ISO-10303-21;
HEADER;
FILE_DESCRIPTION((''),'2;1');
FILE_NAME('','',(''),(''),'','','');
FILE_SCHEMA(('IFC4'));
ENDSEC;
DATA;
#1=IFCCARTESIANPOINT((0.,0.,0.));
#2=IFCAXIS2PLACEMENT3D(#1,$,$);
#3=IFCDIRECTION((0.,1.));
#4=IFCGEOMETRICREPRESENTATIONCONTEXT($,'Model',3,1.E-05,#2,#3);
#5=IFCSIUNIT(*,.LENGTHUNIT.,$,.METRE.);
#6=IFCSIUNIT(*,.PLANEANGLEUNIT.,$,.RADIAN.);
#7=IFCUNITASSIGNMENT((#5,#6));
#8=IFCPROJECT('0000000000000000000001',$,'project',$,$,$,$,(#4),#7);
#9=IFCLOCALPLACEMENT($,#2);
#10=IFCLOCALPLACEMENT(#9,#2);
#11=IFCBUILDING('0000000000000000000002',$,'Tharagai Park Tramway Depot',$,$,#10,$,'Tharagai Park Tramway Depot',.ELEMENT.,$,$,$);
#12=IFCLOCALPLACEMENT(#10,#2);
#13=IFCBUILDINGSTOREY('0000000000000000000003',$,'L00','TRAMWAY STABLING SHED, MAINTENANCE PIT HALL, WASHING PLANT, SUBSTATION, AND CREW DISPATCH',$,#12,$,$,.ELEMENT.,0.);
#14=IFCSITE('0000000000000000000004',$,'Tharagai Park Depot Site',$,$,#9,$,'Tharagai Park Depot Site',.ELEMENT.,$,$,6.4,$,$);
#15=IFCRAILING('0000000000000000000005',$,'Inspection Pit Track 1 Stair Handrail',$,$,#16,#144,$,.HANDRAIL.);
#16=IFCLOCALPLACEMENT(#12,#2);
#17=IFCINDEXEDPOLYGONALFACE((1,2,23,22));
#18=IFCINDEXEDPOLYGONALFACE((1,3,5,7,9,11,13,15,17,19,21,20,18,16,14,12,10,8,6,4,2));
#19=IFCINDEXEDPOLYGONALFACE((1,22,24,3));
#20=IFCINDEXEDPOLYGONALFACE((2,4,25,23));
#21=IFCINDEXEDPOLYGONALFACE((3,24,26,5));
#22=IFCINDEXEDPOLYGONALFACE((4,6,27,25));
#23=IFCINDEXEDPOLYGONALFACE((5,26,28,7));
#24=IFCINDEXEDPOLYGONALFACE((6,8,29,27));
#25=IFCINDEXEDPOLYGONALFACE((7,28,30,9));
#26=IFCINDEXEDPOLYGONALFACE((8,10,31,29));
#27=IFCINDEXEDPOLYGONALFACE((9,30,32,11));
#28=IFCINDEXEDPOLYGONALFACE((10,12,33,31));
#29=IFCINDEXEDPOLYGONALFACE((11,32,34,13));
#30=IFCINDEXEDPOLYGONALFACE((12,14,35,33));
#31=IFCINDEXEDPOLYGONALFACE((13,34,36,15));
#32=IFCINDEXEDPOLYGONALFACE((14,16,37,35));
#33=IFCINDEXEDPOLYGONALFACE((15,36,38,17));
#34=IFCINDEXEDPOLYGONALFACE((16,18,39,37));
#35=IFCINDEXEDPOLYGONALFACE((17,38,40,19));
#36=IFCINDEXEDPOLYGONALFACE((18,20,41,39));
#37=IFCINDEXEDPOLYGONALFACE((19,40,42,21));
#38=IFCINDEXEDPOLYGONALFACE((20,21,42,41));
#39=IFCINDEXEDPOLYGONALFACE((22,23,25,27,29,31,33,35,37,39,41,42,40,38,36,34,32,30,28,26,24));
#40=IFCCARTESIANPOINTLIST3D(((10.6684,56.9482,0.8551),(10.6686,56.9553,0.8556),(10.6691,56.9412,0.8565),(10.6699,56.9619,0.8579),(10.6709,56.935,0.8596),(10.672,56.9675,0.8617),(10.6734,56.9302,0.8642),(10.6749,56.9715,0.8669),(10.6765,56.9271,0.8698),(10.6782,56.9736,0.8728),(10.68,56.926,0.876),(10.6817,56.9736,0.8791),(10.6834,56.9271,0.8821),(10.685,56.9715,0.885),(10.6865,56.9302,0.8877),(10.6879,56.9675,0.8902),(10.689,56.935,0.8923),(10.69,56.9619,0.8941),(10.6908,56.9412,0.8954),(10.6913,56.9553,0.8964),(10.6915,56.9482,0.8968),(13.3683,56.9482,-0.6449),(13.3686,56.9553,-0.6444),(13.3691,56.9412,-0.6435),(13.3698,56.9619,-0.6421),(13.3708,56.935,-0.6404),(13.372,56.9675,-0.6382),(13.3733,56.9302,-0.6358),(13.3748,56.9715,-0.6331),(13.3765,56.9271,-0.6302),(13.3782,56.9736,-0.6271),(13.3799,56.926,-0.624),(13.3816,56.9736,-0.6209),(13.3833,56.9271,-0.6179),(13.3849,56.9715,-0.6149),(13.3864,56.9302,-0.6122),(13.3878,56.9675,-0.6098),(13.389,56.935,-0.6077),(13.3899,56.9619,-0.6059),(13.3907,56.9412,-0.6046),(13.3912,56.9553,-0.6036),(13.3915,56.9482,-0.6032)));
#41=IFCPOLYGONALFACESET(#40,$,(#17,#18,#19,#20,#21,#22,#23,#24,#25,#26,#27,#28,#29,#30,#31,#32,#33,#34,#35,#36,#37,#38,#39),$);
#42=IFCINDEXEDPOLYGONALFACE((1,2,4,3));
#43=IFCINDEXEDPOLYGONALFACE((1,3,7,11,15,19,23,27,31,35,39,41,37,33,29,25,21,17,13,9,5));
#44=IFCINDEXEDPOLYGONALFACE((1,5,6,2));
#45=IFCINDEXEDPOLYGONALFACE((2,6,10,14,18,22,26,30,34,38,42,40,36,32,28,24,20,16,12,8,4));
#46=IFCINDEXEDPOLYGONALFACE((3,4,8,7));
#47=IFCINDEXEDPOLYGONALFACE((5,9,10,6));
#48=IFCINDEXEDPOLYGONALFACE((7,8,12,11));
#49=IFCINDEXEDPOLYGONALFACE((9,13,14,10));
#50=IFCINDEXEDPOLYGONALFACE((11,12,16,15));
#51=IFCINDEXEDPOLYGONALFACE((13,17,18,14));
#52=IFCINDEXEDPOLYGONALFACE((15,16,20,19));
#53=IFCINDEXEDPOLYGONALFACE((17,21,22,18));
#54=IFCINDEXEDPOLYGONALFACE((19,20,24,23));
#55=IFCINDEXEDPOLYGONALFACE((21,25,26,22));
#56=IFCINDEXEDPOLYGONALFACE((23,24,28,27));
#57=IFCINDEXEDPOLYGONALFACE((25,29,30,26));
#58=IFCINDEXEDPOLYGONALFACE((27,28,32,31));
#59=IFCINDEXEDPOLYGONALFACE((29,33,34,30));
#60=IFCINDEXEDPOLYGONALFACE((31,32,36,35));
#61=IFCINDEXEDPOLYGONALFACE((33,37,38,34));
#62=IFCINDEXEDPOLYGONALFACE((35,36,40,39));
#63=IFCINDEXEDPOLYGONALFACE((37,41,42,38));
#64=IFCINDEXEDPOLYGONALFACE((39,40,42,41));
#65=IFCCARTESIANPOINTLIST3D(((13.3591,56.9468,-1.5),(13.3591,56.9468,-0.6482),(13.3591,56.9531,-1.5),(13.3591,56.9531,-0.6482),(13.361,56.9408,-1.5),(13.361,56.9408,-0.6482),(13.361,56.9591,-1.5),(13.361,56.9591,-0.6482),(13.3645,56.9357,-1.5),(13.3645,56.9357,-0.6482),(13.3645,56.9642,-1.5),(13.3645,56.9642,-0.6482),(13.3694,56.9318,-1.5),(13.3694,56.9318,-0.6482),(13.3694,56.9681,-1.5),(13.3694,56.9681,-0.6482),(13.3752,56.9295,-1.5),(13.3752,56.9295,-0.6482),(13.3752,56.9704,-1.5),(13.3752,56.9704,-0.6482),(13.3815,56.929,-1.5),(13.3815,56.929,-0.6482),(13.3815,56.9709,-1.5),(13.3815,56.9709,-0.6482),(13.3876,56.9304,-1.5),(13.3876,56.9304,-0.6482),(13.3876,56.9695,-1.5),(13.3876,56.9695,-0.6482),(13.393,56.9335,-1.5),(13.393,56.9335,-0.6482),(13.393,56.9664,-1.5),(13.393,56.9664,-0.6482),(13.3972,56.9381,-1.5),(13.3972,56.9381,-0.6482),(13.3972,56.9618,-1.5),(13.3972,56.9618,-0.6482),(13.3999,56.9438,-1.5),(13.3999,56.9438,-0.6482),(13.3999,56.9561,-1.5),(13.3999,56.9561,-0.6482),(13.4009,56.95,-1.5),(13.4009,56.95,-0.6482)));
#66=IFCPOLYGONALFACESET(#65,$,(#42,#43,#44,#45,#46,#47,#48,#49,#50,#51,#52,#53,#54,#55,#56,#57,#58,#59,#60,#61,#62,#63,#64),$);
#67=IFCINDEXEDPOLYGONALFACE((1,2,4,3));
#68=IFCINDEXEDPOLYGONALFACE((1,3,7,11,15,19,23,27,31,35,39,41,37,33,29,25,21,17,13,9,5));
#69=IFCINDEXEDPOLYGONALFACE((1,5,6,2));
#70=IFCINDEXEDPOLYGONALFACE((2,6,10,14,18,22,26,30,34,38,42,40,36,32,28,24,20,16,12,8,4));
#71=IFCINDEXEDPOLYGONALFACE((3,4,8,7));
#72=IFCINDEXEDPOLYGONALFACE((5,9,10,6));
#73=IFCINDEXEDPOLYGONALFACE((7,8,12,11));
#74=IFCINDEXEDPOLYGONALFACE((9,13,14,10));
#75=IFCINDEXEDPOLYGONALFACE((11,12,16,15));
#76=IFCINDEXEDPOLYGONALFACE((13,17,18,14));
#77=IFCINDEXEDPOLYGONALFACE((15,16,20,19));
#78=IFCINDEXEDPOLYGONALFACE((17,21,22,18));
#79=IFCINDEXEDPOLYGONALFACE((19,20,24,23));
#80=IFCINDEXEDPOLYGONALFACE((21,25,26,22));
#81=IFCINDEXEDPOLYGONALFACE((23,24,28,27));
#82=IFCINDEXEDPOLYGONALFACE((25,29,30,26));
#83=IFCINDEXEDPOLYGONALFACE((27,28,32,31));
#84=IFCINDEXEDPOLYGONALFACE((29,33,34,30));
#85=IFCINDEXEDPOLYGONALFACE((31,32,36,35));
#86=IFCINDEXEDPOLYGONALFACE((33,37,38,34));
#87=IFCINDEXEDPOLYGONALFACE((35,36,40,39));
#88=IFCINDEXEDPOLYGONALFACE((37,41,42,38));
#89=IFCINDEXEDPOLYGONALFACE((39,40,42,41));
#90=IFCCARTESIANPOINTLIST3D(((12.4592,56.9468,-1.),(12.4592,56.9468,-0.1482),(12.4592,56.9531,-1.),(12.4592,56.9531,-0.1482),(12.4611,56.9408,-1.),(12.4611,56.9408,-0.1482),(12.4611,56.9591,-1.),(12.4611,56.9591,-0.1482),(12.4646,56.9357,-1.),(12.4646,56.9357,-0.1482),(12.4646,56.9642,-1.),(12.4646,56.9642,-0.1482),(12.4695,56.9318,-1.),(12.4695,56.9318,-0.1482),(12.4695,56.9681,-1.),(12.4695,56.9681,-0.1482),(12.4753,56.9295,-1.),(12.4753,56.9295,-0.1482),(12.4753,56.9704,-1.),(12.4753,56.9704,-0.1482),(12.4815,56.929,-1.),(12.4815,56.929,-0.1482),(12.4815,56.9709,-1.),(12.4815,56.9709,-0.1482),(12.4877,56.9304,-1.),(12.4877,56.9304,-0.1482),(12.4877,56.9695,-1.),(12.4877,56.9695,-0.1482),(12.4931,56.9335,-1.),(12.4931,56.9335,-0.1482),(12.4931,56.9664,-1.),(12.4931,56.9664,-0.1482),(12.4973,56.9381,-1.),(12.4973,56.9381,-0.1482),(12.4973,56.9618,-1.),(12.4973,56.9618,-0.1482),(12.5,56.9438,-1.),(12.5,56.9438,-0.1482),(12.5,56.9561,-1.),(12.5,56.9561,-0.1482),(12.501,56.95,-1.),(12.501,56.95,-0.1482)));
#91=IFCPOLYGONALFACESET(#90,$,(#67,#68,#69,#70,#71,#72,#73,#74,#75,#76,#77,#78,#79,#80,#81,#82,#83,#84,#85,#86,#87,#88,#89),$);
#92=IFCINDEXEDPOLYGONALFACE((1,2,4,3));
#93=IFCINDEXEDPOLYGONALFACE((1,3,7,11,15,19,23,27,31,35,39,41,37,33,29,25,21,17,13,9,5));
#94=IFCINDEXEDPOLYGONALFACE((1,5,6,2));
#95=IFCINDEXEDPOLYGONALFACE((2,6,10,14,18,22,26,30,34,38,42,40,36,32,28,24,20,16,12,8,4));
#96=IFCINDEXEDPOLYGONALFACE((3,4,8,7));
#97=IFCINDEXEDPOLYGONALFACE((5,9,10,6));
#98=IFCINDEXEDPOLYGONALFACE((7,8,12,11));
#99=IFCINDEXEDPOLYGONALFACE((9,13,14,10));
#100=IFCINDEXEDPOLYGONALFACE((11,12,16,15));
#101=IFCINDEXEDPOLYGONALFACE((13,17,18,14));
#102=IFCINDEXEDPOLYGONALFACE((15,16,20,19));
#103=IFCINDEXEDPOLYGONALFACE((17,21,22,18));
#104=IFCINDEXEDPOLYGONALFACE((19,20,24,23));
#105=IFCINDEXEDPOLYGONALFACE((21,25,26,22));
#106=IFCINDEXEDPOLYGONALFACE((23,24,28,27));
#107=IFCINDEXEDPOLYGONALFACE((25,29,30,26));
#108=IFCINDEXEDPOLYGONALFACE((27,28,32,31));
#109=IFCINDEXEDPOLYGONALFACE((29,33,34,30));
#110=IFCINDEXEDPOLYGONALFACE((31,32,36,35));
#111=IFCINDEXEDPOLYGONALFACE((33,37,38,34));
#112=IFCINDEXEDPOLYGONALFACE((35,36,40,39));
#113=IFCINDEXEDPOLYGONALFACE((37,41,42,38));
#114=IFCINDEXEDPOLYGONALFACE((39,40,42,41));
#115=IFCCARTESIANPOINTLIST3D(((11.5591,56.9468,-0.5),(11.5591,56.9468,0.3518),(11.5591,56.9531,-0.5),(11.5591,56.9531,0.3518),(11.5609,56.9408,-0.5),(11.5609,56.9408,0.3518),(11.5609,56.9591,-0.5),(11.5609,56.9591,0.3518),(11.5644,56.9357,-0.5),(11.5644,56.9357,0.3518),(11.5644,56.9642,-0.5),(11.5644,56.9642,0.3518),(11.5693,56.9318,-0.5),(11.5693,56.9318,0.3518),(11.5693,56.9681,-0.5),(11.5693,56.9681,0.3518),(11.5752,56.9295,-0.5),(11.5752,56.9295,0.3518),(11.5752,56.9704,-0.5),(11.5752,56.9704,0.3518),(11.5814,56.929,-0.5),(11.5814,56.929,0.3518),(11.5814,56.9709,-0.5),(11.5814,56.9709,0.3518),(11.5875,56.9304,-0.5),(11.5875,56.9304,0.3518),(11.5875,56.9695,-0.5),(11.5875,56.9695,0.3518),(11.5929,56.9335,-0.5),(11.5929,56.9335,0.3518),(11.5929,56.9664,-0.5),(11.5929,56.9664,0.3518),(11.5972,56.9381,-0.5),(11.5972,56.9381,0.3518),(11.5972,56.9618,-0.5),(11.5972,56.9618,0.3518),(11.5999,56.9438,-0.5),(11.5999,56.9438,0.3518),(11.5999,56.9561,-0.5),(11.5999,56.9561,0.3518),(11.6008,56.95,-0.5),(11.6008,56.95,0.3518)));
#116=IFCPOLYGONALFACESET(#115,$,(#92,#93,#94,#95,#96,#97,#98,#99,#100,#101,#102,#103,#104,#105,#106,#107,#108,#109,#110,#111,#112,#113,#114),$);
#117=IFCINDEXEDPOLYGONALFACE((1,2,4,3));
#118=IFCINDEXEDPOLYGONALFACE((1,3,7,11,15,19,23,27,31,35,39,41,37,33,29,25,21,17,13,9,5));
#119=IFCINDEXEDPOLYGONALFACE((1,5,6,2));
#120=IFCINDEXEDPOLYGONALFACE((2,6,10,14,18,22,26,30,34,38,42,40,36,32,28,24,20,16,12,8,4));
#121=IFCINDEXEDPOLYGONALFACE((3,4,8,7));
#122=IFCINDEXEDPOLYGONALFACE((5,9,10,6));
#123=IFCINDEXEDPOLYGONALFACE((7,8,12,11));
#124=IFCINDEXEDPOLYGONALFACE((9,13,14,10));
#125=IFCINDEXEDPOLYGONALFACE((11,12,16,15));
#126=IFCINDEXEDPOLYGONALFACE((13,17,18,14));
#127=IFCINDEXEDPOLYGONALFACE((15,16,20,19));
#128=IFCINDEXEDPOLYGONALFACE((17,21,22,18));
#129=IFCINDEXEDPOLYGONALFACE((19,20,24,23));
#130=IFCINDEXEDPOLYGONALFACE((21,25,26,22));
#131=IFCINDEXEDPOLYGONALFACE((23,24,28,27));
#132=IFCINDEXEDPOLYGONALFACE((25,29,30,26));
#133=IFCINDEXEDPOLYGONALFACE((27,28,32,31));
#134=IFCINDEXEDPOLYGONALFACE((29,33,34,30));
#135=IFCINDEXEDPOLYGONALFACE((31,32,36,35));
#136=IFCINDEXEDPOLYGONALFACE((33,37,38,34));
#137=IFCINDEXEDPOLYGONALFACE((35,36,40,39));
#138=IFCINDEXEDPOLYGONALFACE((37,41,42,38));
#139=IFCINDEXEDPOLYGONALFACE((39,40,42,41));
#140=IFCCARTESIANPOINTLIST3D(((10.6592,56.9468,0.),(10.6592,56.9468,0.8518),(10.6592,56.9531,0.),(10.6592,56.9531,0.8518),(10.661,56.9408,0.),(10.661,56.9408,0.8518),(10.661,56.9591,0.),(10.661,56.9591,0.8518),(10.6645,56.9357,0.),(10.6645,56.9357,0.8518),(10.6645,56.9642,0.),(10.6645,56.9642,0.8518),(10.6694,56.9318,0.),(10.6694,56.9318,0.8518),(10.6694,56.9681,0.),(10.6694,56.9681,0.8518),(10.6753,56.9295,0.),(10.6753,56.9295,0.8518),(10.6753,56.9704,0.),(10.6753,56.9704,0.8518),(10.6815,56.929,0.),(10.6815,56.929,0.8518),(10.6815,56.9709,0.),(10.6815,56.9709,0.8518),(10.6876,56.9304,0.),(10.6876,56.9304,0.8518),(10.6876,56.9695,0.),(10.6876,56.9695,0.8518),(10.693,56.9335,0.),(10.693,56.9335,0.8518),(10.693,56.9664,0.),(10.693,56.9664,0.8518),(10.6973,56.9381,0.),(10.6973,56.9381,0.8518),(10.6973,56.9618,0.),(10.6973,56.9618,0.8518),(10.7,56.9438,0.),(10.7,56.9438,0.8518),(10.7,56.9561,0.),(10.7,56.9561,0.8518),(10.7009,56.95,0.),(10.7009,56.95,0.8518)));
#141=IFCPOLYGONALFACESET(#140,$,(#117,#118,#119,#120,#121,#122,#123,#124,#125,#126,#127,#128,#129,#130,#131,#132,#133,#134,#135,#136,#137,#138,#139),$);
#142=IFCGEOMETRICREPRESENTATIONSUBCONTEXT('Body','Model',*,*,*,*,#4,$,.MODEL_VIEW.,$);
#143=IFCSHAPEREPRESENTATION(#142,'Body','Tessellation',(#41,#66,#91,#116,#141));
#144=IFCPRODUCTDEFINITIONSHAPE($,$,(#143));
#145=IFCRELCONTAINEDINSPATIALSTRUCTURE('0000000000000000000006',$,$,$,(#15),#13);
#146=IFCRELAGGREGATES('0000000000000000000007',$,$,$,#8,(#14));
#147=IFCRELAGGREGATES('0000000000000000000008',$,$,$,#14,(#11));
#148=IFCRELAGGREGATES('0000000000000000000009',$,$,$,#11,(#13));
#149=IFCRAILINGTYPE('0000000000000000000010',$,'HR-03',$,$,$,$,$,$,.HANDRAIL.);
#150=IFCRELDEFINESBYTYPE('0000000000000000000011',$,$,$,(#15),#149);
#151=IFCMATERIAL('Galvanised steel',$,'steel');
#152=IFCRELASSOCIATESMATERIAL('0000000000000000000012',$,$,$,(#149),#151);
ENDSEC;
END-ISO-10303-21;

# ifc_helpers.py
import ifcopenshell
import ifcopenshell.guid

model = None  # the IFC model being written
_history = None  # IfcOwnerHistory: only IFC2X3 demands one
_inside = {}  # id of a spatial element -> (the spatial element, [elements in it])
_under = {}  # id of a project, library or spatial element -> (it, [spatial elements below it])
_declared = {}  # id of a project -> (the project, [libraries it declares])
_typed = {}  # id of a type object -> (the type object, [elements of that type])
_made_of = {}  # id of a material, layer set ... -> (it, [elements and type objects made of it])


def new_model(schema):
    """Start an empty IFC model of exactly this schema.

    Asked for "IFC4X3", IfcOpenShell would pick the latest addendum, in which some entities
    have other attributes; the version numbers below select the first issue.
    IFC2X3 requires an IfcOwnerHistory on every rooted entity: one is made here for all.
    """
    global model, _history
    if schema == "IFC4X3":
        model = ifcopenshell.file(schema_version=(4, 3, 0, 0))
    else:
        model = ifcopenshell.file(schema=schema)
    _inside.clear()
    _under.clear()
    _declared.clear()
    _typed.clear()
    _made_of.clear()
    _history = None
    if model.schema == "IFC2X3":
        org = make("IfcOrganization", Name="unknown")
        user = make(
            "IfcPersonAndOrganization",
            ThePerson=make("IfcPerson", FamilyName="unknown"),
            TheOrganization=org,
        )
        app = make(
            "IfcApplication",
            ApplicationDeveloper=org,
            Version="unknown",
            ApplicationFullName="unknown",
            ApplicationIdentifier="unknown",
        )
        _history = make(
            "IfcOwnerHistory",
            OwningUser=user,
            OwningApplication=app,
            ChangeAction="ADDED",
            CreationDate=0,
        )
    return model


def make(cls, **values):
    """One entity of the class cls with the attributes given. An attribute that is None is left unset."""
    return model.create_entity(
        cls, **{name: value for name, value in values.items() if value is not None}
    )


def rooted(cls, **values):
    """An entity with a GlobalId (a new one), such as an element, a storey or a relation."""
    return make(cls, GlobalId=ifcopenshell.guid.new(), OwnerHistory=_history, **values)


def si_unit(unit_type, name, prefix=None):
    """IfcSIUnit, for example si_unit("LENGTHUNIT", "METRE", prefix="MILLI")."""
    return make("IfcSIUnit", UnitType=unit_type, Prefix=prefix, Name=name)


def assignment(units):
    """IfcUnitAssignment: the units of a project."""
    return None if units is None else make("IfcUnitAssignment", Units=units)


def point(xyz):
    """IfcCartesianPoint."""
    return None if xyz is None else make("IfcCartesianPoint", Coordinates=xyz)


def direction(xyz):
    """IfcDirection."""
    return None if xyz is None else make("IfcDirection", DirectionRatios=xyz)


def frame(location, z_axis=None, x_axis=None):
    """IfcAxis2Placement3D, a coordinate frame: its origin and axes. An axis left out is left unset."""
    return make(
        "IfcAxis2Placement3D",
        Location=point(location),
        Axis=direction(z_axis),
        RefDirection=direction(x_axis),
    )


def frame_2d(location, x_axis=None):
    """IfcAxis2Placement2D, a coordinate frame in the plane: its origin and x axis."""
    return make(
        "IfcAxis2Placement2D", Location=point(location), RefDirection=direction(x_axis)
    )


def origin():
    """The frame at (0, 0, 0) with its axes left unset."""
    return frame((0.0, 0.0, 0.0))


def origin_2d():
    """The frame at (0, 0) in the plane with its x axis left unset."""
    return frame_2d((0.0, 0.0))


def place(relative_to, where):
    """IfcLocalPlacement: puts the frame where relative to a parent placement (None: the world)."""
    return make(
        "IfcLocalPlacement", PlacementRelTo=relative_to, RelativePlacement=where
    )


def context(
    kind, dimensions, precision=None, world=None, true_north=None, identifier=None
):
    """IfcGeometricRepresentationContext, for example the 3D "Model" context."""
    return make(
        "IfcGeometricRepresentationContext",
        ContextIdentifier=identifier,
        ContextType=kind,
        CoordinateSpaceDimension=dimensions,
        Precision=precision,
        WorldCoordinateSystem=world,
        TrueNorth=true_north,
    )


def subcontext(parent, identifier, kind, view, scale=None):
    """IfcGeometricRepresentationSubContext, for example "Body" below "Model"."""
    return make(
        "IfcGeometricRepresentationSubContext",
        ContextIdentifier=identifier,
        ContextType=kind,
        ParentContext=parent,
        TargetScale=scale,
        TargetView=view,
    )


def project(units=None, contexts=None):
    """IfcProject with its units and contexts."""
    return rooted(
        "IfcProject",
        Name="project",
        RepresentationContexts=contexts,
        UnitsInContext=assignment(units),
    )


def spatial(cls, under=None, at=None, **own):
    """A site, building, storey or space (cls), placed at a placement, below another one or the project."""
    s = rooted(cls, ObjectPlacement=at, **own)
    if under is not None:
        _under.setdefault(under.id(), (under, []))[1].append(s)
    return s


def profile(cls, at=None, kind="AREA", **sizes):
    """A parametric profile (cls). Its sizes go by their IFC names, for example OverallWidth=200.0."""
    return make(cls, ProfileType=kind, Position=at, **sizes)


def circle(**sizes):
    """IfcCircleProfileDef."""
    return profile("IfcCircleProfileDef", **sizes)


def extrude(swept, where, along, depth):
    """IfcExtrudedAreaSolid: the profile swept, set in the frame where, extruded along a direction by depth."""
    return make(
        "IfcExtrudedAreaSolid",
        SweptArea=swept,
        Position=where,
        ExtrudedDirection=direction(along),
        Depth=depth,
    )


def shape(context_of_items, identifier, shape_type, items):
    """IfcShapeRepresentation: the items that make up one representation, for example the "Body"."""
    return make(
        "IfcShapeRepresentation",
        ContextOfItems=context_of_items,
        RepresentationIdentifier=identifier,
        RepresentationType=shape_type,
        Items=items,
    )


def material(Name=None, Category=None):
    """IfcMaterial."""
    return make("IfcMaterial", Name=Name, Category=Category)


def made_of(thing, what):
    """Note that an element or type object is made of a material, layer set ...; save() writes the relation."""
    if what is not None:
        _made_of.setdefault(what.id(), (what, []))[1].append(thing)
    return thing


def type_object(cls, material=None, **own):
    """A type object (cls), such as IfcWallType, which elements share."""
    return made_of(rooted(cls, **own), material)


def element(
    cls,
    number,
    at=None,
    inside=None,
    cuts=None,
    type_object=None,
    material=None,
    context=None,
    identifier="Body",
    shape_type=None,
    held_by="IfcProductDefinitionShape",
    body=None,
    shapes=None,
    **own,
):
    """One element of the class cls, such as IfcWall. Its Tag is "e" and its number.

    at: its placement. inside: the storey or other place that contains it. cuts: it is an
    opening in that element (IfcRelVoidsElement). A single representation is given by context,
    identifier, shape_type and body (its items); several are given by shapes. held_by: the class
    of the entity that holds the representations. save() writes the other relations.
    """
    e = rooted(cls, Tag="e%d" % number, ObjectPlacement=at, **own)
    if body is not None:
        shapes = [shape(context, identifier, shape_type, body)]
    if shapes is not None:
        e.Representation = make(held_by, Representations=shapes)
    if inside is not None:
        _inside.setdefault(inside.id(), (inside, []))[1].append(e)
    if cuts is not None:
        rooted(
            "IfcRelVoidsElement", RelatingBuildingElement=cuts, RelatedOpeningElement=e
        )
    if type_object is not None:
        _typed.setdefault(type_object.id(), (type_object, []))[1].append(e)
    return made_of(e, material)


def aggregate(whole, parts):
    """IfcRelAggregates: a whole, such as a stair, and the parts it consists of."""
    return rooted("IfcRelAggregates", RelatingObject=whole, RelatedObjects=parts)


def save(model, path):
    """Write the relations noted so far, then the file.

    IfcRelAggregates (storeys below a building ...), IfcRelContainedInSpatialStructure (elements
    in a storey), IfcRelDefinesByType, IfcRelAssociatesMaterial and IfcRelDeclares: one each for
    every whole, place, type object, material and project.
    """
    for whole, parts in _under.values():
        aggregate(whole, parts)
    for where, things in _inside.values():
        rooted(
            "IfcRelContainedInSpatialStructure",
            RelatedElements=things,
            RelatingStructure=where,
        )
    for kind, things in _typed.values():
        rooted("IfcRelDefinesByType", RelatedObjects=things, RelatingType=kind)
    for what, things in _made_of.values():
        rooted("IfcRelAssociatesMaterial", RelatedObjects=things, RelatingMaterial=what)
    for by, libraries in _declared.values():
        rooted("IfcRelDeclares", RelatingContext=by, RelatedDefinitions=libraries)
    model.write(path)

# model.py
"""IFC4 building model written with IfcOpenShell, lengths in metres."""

from ifc_helpers import new_model, si_unit, direction, frame, origin, origin_2d, place, context, subcontext, project, spatial, circle, extrude, material, type_object, element, save


model = new_model("IFC4")

# Units and contexts
model_context = context("Model", 3, precision=1e-05, world=origin(), true_north=direction((0.0, 1.0)))
body_context = subcontext(model_context, "Body", "Model", "MODEL_VIEW")
ifc_project = project(units=[si_unit("LENGTHUNIT", "METRE"), si_unit("PLANEANGLEUNIT", "RADIAN")], contexts=[model_context])

# Site, building, storey
site_placement = place(None, origin())
site = spatial("IfcSite", under=ifc_project, at=site_placement, Name="Tharagai Park Depot Site", LongName="Tharagai Park Depot Site", CompositionType="ELEMENT", RefElevation=6.4)
building_placement = place(site_placement, origin())
building = spatial("IfcBuilding", under=site, at=building_placement, Name="Tharagai Park Tramway Depot", LongName="Tharagai Park Tramway Depot", CompositionType="ELEMENT")
storey_placement = place(building_placement, origin())
storey = spatial("IfcBuildingStorey", under=building, at=storey_placement, Name="L00", Description="TRAMWAY STABLING SHED, MAINTENANCE PIT HALL, WASHING PLANT, SUBSTATION, AND CREW DISPATCH", CompositionType="ELEMENT", Elevation=0.0)

# Railing
ifc_material_1 = material(Name="Galvanised steel", Category="steel")
railing_type_1 = type_object("IfcRailingType", Name="HR-03", PredefinedType="HANDRAIL", material=ifc_material_1)
railing_1_placement = place(storey_placement, frame((13.3799, 56.95, -1.5)))
element("IfcRailing", 1, at=railing_1_placement, inside=storey, type_object=railing_type_1, Name="Inspection Pit Track 1 Stair Handrail", PredefinedType="HANDRAIL", context=body_context, shape_type="SweptSolid", body=[
    extrude(circle(Radius=0.0239, at=origin_2d()), frame((0.0, 0.0, 0.876), z_axis=(-0.874154, 0.0, 0.48565), x_axis=(0.0, -1.0, 0.0)), (0.0, 0.0, 1.0), 3.0886),
    extrude(circle(Radius=0.021, at=origin_2d()), origin(), (0.0, 0.0, 1.0), 0.8518),
    extrude(circle(Radius=0.021, at=origin_2d()), frame((-0.8999, 0.0, 0.5)), (0.0, 0.0, 1.0), 0.8518),
    extrude(circle(Radius=0.021, at=origin_2d()), frame((-1.8, 0.0, 1.0)), (0.0, 0.0, 1.0), 0.8518),
    extrude(circle(Radius=0.021, at=origin_2d()), frame((-2.7, 0.0, 1.5)), (0.0, 0.0, 1.0), 0.8518),
])

save(model, "model.ifc")
